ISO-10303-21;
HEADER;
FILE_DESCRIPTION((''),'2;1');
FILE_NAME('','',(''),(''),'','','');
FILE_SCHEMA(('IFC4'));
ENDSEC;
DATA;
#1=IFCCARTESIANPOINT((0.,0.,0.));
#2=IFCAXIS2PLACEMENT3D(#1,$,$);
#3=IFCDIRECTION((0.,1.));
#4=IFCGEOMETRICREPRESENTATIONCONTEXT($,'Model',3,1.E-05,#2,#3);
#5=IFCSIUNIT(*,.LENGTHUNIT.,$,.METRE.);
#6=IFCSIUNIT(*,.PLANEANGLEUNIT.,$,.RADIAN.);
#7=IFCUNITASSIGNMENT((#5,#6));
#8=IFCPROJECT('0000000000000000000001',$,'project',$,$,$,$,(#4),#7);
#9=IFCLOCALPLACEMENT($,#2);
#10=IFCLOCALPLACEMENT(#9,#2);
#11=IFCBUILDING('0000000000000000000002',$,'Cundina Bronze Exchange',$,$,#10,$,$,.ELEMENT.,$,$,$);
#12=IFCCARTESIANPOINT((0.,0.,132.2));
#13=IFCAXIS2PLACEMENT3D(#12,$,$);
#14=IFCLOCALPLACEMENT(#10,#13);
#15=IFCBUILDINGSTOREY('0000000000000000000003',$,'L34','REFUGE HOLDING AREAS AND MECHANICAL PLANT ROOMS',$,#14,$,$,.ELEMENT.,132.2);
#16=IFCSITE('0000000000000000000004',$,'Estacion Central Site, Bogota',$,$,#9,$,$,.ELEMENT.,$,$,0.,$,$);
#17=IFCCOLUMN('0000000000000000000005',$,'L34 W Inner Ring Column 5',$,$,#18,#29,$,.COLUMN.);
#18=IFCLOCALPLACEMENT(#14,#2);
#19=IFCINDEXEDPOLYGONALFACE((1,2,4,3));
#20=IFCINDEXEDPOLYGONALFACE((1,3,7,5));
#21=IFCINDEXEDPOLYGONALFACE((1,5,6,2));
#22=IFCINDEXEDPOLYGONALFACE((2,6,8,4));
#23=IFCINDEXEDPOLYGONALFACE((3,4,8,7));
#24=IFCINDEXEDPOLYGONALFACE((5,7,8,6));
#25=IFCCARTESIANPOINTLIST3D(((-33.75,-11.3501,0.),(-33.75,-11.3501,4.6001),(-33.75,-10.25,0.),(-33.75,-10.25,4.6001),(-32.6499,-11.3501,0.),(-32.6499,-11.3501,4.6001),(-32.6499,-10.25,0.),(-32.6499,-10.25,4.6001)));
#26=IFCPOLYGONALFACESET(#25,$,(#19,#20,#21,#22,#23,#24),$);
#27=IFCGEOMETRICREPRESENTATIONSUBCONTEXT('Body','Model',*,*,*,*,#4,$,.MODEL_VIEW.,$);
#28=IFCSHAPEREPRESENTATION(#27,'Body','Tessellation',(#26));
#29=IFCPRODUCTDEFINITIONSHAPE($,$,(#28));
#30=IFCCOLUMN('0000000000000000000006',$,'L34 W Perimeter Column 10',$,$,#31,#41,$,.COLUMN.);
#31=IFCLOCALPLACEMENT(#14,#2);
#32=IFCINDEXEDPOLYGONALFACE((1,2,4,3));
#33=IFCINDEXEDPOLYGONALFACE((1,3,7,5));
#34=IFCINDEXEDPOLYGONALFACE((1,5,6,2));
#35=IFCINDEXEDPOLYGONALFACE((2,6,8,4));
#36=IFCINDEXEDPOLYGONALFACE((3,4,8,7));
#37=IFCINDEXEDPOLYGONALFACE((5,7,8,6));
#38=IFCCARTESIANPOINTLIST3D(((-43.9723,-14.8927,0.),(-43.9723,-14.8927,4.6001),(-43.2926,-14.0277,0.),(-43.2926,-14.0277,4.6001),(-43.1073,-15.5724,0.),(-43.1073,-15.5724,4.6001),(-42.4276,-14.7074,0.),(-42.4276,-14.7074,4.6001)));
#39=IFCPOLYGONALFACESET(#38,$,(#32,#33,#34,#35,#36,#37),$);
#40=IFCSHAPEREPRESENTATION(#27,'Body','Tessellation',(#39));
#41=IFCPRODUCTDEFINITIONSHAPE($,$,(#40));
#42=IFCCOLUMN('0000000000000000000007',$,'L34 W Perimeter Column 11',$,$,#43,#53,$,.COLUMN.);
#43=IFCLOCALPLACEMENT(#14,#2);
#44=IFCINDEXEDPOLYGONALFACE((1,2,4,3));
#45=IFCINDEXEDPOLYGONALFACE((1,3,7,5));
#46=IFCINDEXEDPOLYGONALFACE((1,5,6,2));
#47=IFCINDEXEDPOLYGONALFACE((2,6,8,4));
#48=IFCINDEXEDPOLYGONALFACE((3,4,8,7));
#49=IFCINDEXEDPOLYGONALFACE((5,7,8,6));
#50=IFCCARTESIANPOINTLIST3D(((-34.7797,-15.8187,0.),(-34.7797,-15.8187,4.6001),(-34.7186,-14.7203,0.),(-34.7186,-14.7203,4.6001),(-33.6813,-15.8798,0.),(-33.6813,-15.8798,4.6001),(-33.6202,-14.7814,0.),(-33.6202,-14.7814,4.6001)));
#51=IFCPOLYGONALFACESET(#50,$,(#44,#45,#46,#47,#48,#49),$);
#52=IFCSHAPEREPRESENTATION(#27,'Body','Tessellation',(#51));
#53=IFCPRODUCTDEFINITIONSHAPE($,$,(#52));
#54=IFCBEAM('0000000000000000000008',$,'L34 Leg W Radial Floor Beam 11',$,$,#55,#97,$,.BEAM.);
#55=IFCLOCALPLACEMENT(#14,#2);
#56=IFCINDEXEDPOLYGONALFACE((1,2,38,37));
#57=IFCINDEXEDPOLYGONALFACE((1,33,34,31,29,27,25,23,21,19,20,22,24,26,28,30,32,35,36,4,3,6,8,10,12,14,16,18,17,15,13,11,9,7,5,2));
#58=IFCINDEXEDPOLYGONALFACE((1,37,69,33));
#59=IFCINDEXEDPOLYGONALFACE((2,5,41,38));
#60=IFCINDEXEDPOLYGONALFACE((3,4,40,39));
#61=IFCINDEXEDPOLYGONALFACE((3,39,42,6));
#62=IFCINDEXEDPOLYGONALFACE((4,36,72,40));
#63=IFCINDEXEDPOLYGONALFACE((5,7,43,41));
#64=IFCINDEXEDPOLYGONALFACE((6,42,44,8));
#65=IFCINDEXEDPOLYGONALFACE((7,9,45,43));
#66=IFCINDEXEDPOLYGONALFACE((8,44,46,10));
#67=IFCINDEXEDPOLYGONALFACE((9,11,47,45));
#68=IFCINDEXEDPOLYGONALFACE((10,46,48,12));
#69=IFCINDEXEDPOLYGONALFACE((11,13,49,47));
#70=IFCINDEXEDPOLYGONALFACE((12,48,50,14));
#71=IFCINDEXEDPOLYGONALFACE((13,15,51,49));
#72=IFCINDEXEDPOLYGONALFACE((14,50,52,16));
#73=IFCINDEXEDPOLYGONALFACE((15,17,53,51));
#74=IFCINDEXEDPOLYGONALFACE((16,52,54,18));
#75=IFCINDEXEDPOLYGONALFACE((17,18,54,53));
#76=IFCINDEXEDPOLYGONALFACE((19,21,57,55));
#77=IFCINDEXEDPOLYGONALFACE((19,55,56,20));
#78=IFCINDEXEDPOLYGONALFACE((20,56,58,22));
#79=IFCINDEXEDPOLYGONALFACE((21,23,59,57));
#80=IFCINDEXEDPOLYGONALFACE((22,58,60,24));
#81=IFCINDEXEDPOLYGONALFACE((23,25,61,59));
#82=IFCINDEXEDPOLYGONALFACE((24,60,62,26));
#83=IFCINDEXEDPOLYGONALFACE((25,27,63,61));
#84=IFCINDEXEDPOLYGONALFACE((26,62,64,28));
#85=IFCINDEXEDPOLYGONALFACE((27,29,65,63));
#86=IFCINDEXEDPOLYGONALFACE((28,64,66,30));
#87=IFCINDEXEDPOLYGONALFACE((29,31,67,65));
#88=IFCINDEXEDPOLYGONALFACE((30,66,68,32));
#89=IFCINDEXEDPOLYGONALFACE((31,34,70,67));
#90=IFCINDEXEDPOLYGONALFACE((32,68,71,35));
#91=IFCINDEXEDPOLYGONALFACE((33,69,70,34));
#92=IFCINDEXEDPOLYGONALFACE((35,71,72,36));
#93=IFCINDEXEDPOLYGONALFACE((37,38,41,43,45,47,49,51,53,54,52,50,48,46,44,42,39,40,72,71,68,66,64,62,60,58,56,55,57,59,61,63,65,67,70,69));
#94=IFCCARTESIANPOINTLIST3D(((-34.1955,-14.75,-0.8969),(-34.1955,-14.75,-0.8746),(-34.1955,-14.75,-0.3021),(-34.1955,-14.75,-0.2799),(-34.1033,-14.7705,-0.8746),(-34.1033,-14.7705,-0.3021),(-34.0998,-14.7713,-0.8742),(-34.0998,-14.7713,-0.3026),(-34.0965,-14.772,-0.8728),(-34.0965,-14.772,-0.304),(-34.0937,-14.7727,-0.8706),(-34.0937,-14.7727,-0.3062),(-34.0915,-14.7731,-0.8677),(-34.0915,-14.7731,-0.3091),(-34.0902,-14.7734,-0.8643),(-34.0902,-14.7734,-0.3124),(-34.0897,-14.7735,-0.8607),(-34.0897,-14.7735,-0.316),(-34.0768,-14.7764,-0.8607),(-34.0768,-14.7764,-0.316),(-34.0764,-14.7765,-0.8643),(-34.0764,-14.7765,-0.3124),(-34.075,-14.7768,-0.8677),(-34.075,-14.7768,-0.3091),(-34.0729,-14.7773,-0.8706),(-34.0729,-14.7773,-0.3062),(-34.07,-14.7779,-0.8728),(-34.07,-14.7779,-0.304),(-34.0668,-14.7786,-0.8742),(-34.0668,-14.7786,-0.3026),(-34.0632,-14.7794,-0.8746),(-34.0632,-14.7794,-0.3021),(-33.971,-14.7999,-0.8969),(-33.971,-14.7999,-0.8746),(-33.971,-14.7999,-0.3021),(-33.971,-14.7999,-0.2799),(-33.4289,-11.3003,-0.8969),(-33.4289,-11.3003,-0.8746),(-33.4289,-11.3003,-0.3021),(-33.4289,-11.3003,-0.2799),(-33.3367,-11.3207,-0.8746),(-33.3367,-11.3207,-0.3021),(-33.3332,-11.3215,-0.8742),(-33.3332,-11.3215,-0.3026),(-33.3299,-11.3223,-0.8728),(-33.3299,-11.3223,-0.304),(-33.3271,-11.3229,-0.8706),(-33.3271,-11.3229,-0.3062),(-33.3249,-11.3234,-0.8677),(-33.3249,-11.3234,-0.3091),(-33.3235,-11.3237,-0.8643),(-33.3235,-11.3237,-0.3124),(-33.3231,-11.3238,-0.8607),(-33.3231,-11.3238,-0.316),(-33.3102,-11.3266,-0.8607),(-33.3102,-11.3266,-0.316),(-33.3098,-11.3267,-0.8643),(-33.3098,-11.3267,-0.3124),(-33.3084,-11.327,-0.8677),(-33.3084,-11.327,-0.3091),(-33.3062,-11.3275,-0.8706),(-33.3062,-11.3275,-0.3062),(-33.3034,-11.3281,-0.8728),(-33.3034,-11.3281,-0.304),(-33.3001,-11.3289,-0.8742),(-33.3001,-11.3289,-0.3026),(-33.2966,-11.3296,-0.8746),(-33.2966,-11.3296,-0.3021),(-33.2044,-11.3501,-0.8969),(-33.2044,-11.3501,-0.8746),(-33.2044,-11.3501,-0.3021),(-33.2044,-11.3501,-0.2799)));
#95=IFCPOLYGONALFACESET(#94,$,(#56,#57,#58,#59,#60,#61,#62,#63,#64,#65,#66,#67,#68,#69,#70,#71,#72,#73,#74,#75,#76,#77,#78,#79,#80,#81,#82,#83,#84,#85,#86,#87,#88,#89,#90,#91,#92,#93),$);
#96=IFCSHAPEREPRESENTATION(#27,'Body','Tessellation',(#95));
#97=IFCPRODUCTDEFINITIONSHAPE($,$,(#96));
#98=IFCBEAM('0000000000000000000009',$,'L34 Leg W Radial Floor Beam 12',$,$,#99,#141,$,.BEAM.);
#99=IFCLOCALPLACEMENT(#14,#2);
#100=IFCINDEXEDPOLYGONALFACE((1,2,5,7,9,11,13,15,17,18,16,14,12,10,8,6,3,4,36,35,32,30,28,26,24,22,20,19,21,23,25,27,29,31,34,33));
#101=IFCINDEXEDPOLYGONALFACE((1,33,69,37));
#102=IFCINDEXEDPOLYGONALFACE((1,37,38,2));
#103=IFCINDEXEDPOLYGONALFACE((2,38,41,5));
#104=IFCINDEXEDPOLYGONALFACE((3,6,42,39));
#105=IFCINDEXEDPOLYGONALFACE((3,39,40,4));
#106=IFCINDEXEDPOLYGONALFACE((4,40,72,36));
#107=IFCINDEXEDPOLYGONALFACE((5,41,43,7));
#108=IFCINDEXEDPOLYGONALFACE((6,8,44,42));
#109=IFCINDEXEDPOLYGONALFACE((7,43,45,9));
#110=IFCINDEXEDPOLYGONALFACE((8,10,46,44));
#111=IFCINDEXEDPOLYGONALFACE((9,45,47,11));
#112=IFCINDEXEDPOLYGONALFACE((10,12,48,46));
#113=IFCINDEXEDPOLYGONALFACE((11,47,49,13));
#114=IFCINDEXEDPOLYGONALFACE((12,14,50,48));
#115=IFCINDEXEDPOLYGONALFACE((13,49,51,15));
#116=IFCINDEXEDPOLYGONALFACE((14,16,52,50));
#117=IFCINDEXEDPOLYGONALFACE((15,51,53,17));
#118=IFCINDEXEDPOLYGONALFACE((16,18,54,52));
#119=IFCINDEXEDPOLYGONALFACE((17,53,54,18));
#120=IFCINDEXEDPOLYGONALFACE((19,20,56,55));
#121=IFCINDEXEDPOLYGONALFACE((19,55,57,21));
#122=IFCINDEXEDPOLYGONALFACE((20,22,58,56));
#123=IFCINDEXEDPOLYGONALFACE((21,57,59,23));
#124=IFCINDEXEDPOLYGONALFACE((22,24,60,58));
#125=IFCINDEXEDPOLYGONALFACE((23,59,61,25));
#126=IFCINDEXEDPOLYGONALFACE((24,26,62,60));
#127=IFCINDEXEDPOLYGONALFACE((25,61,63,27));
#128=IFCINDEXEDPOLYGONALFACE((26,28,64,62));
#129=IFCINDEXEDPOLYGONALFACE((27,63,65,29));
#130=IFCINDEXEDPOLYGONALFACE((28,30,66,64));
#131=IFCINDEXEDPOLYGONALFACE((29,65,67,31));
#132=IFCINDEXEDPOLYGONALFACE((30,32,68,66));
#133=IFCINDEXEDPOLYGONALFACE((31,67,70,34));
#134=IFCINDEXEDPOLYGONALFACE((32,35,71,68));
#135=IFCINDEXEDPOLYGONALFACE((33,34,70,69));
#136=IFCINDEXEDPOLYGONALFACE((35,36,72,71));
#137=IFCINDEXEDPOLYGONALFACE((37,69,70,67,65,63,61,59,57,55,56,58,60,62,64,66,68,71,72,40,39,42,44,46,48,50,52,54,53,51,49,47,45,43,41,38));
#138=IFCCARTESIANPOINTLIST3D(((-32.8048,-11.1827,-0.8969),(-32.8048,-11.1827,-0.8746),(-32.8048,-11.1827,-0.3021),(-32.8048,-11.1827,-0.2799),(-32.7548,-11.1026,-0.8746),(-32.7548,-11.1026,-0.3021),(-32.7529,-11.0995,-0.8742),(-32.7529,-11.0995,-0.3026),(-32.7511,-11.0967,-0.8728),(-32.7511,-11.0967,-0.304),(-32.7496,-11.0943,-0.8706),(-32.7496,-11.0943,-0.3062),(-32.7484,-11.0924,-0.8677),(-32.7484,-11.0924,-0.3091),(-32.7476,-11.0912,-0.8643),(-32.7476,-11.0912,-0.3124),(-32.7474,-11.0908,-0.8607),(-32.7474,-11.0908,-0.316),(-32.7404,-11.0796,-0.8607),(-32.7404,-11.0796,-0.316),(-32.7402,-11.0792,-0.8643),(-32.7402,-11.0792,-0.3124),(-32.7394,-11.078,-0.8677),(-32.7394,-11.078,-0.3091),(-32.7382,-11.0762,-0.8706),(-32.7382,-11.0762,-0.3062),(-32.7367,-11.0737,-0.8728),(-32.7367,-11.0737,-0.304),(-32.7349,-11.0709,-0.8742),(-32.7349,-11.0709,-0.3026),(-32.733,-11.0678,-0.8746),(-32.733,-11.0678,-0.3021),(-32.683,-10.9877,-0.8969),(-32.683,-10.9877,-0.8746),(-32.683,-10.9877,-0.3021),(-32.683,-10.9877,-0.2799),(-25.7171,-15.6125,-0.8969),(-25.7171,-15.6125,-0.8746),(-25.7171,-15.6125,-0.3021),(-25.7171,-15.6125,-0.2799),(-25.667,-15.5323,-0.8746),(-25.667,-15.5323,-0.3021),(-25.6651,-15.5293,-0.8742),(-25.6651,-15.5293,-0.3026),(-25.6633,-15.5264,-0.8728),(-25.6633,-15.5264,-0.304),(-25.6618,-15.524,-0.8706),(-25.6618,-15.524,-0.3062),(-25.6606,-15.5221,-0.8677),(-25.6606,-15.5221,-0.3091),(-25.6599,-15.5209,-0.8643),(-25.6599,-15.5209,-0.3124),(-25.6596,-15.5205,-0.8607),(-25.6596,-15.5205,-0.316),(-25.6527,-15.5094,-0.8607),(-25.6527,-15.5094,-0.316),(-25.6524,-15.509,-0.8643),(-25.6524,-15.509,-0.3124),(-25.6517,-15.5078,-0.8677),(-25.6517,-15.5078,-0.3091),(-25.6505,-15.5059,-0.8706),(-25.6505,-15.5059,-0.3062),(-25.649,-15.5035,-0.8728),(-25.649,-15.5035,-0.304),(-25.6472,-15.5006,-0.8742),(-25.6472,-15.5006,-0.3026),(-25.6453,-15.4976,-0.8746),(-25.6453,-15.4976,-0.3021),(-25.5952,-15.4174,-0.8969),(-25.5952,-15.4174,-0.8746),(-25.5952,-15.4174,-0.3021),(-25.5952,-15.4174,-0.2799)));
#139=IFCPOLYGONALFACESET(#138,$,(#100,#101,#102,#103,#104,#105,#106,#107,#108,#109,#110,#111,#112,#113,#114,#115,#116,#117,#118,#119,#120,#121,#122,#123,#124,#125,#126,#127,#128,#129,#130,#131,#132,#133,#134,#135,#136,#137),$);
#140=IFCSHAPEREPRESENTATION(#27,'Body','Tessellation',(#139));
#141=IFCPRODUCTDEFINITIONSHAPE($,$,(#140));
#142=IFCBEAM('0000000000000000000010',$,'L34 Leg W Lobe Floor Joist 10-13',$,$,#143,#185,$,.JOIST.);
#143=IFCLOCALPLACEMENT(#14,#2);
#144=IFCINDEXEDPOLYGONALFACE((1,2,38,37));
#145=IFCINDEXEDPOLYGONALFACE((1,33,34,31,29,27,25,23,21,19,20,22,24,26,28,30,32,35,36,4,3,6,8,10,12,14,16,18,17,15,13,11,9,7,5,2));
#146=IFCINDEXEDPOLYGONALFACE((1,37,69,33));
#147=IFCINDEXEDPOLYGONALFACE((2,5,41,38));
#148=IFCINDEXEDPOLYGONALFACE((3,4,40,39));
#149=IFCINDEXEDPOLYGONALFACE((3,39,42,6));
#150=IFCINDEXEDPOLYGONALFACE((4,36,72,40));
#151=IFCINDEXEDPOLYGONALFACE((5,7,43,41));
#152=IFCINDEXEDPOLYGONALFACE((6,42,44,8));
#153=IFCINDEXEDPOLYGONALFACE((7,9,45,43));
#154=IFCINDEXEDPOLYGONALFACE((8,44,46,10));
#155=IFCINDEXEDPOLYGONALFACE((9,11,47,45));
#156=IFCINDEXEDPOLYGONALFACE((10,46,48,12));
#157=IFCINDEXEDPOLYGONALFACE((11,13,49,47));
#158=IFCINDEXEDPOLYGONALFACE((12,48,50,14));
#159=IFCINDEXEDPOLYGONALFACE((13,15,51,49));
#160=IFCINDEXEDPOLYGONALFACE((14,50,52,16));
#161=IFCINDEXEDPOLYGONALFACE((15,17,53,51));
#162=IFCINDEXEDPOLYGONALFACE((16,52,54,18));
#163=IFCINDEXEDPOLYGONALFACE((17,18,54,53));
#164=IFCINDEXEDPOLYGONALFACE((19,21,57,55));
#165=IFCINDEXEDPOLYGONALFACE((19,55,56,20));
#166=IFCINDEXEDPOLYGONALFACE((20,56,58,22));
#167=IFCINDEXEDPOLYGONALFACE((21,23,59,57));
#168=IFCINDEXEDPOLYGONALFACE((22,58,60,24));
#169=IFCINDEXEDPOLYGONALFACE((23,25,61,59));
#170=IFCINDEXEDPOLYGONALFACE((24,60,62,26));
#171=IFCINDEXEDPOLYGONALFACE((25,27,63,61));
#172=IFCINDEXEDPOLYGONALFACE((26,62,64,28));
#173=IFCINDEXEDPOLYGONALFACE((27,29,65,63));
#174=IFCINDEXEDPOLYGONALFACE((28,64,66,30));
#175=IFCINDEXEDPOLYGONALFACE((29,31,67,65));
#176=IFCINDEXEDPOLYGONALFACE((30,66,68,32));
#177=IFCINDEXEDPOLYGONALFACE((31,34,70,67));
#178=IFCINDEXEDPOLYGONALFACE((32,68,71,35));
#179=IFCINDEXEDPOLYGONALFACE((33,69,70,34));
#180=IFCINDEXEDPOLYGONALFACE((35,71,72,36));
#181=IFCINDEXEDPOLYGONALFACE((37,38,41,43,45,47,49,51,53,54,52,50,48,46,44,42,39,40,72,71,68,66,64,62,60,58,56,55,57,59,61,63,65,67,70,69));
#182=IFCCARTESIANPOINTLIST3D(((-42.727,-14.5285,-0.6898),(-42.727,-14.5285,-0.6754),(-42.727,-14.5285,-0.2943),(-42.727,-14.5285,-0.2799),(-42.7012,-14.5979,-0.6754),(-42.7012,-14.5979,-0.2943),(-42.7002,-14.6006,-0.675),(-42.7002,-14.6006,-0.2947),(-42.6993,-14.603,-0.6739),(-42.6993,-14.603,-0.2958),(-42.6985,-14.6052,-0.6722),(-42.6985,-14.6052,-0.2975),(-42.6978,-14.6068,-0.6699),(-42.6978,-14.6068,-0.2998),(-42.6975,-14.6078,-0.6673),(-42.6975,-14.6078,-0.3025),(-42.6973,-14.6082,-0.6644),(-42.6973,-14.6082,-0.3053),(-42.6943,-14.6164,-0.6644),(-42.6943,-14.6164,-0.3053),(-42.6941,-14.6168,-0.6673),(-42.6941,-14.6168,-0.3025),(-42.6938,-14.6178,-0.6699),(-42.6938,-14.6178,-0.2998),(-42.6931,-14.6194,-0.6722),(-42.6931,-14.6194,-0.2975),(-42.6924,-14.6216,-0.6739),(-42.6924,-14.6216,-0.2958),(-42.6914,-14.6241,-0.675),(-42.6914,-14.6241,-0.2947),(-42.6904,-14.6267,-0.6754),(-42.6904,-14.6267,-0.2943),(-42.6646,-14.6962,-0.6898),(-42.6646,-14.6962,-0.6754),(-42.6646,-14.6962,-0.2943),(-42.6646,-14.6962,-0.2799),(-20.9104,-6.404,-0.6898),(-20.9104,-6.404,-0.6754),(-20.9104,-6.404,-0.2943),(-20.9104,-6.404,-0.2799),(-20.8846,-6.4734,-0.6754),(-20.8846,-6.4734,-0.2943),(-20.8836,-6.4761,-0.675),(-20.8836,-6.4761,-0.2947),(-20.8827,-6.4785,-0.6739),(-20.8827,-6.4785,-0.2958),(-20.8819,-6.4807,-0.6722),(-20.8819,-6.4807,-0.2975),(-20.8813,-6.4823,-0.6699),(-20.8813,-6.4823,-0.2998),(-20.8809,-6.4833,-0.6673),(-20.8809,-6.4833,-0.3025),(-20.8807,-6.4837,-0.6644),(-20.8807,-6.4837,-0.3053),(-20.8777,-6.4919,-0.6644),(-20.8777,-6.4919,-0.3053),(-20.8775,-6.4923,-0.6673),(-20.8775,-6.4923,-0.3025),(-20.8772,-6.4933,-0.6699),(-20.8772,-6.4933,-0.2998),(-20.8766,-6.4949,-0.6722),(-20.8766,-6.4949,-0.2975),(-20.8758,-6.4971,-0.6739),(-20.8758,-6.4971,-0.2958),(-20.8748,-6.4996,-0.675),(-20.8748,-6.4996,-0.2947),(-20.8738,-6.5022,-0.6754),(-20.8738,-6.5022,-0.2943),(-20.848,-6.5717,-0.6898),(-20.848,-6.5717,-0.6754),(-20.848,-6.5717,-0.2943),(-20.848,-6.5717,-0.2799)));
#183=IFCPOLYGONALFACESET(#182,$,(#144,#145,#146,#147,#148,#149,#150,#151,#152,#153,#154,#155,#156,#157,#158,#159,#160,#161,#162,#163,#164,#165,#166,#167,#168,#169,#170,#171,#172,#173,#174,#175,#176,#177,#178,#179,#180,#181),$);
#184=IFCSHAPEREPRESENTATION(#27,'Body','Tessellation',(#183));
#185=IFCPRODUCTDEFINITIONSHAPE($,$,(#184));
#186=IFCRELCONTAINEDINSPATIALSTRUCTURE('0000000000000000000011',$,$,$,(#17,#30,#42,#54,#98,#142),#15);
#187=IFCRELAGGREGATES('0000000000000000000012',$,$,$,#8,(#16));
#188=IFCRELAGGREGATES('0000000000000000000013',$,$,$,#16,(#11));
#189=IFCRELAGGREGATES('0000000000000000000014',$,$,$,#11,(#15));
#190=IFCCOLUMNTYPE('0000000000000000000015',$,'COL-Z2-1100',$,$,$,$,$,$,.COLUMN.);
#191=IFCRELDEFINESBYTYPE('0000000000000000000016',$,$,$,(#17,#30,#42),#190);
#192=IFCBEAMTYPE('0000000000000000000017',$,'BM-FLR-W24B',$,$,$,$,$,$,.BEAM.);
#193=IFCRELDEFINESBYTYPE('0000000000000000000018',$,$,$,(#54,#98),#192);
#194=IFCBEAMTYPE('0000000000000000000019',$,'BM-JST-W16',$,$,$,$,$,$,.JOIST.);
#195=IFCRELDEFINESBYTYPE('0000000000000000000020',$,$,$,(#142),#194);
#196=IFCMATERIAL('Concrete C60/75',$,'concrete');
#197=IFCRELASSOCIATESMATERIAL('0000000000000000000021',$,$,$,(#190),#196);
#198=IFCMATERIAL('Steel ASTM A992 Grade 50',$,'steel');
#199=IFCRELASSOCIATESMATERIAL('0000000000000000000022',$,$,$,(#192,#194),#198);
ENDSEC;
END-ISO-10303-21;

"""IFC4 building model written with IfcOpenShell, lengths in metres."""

from ifc_helpers import new_model, si_unit, direction, frame, origin, origin_2d, place, context, subcontext, project, spatial, rectangle, i_section, extrude, material, material_profile, profile_set, type_object, element, save


model = new_model("IFC4")

# Units and contexts
model_context = context("Model", 3, precision=1e-05, world=origin(), true_north=direction((0.0, 1.0)))
body_context = subcontext(model_context, "Body", "Model", "MODEL_VIEW")
ifc_project = project(units=[si_unit("LENGTHUNIT", "METRE"), si_unit("PLANEANGLEUNIT", "RADIAN")], contexts=[model_context])

# Site, building, storey
site_placement = place(None, origin())
site = spatial("IfcSite", under=ifc_project, at=site_placement, Name="Estacion Central Site, Bogota", CompositionType="ELEMENT", RefElevation=0.0)
building_placement = place(site_placement, origin())
building = spatial("IfcBuilding", under=site, at=building_placement, Name="Cundina Bronze Exchange", CompositionType="ELEMENT")
storey_placement = place(building_placement, frame((0.0, 0.0, 132.2)))
storey = spatial("IfcBuildingStorey", under=building, at=storey_placement, Name="L34", Description="REFUGE HOLDING AREAS AND MECHANICAL PLANT ROOMS", CompositionType="ELEMENT", Elevation=132.2)

# Columns
ifc_material_1 = material(Name="Concrete C60/75", Category="concrete")
ifc_material_profile_1 = material_profile(ifc_material_1, rectangle(XDim=1.1001, YDim=1.1001, at=origin_2d()), Name="RC1100X1100", Category="concrete")
ifc_profile_set_1 = profile_set([ifc_material_profile_1], Name="Concrete C60/75")
column_type = type_object("IfcColumnType", Name="COL-Z2-1100", PredefinedType="COLUMN", material=ifc_profile_set_1)
for number, where, z_axis, x_axis, name in (
    (1, (-33.2, -10.8, 0.0), (0.0, 0.0, 1.0), (1.0, 0.0, 0.0), "L34 W Inner Ring Column 5"),
    (2, (-43.2, -14.8, 0.0), (0.0, 0.0, 1.0), (0.786288, -0.61786, 0.0), "L34 W Perimeter Column 10"),
    (3, (-34.2, -15.3, 0.0), (0.0, 0.0, 1.0), (0.99846, -0.055473, 0.0), "L34 W Perimeter Column 11"),
):
    element("IfcColumn", number, at=place(storey_placement, frame(where, z_axis=z_axis, x_axis=x_axis)), inside=storey, type_object=column_type, Name=name, PredefinedType="COLUMN", context=body_context, shape_type="SweptSolid", body=[
        extrude(rectangle(XDim=1.1001, YDim=1.1001, at=origin_2d()), origin(), (0.0, 0.0, 1.0), 4.6001),
    ])

# Beams
ifc_material_2 = material(Name="Steel ASTM A992 Grade 50", Category="steel")
ifc_material_profile_2 = material_profile(ifc_material_2, i_section(OverallWidth=0.23, OverallDepth=0.6169, WebThickness=0.0132, FlangeThickness=0.0222, FilletRadius=0.0139, at=origin_2d()), Name="W24X94", Category="steel")
ifc_profile_set_2 = profile_set([ifc_material_profile_2], Name="Steel ASTM A992 Grade 50")
beam_type_1 = type_object("IfcBeamType", Name="BM-FLR-W24B", PredefinedType="BEAM", material=ifc_profile_set_2)
beam_1_placement = place(storey_placement, frame((-33.3167, -11.3252, -0.5884), z_axis=(-0.21693, -0.976187, 0.0), x_axis=(0.976187, -0.21693, 0.0)))
element("IfcBeam", 4, at=beam_1_placement, inside=storey, type_object=beam_type_1, Name="L34 Leg W Radial Floor Beam 11", PredefinedType="BEAM", context=body_context, shape_type="SweptSolid", body=[
    extrude(i_section(OverallWidth=0.23, OverallDepth=0.6169, WebThickness=0.0132, FlangeThickness=0.0222, FilletRadius=0.0139, at=origin_2d()), origin(), (0.0, 0.0, 1.0), 3.5339),
])
beam_2_placement = place(storey_placement, frame((-32.7439, -11.0852, -0.5884), z_axis=(0.848003, -0.529991, 0.0), x_axis=(0.529991, 0.848003, 0.0)))
element("IfcBeam", 5, at=beam_2_placement, inside=storey, type_object=beam_type_1, Name="L34 Leg W Radial Floor Beam 12", PredefinedType="BEAM", context=body_context, shape_type="SweptSolid", body=[
    extrude(i_section(OverallWidth=0.23, OverallDepth=0.6169, WebThickness=0.0132, FlangeThickness=0.0222, FilletRadius=0.0139, at=origin_2d()), origin(), (0.0, 0.0, 1.0), 8.3582),
])
ifc_material_profile_3 = material_profile(ifc_material_2, i_section(OverallWidth=0.179, OverallDepth=0.4099, WebThickness=0.0088, FlangeThickness=0.0144, FilletRadius=0.011, at=origin_2d()), Name="W16X45", Category="steel")
ifc_profile_set_3 = profile_set([ifc_material_profile_3], Name="Steel ASTM A992 Grade 50")
beam_type_2 = type_object("IfcBeamType", Name="BM-JST-W16", PredefinedType="JOIST", material=ifc_profile_set_3)
beam_3_placement = place(storey_placement, frame((-42.6958, -14.6123, -0.4849), z_axis=(0.937128, 0.348986, 0.0), x_axis=(-0.348986, 0.937128, 0.0)))
element("IfcBeam", 6, at=beam_3_placement, inside=storey, type_object=beam_type_2, Name="L34 Leg W Lobe Floor Joist 10-13", PredefinedType="JOIST", context=body_context, shape_type="SweptSolid", body=[
    extrude(i_section(OverallWidth=0.179, OverallDepth=0.4099, WebThickness=0.0088, FlangeThickness=0.0144, FilletRadius=0.011, at=origin_2d()), origin(), (0.0, 0.0, 1.0), 23.2803),
])

save(model, "model.ifc")
